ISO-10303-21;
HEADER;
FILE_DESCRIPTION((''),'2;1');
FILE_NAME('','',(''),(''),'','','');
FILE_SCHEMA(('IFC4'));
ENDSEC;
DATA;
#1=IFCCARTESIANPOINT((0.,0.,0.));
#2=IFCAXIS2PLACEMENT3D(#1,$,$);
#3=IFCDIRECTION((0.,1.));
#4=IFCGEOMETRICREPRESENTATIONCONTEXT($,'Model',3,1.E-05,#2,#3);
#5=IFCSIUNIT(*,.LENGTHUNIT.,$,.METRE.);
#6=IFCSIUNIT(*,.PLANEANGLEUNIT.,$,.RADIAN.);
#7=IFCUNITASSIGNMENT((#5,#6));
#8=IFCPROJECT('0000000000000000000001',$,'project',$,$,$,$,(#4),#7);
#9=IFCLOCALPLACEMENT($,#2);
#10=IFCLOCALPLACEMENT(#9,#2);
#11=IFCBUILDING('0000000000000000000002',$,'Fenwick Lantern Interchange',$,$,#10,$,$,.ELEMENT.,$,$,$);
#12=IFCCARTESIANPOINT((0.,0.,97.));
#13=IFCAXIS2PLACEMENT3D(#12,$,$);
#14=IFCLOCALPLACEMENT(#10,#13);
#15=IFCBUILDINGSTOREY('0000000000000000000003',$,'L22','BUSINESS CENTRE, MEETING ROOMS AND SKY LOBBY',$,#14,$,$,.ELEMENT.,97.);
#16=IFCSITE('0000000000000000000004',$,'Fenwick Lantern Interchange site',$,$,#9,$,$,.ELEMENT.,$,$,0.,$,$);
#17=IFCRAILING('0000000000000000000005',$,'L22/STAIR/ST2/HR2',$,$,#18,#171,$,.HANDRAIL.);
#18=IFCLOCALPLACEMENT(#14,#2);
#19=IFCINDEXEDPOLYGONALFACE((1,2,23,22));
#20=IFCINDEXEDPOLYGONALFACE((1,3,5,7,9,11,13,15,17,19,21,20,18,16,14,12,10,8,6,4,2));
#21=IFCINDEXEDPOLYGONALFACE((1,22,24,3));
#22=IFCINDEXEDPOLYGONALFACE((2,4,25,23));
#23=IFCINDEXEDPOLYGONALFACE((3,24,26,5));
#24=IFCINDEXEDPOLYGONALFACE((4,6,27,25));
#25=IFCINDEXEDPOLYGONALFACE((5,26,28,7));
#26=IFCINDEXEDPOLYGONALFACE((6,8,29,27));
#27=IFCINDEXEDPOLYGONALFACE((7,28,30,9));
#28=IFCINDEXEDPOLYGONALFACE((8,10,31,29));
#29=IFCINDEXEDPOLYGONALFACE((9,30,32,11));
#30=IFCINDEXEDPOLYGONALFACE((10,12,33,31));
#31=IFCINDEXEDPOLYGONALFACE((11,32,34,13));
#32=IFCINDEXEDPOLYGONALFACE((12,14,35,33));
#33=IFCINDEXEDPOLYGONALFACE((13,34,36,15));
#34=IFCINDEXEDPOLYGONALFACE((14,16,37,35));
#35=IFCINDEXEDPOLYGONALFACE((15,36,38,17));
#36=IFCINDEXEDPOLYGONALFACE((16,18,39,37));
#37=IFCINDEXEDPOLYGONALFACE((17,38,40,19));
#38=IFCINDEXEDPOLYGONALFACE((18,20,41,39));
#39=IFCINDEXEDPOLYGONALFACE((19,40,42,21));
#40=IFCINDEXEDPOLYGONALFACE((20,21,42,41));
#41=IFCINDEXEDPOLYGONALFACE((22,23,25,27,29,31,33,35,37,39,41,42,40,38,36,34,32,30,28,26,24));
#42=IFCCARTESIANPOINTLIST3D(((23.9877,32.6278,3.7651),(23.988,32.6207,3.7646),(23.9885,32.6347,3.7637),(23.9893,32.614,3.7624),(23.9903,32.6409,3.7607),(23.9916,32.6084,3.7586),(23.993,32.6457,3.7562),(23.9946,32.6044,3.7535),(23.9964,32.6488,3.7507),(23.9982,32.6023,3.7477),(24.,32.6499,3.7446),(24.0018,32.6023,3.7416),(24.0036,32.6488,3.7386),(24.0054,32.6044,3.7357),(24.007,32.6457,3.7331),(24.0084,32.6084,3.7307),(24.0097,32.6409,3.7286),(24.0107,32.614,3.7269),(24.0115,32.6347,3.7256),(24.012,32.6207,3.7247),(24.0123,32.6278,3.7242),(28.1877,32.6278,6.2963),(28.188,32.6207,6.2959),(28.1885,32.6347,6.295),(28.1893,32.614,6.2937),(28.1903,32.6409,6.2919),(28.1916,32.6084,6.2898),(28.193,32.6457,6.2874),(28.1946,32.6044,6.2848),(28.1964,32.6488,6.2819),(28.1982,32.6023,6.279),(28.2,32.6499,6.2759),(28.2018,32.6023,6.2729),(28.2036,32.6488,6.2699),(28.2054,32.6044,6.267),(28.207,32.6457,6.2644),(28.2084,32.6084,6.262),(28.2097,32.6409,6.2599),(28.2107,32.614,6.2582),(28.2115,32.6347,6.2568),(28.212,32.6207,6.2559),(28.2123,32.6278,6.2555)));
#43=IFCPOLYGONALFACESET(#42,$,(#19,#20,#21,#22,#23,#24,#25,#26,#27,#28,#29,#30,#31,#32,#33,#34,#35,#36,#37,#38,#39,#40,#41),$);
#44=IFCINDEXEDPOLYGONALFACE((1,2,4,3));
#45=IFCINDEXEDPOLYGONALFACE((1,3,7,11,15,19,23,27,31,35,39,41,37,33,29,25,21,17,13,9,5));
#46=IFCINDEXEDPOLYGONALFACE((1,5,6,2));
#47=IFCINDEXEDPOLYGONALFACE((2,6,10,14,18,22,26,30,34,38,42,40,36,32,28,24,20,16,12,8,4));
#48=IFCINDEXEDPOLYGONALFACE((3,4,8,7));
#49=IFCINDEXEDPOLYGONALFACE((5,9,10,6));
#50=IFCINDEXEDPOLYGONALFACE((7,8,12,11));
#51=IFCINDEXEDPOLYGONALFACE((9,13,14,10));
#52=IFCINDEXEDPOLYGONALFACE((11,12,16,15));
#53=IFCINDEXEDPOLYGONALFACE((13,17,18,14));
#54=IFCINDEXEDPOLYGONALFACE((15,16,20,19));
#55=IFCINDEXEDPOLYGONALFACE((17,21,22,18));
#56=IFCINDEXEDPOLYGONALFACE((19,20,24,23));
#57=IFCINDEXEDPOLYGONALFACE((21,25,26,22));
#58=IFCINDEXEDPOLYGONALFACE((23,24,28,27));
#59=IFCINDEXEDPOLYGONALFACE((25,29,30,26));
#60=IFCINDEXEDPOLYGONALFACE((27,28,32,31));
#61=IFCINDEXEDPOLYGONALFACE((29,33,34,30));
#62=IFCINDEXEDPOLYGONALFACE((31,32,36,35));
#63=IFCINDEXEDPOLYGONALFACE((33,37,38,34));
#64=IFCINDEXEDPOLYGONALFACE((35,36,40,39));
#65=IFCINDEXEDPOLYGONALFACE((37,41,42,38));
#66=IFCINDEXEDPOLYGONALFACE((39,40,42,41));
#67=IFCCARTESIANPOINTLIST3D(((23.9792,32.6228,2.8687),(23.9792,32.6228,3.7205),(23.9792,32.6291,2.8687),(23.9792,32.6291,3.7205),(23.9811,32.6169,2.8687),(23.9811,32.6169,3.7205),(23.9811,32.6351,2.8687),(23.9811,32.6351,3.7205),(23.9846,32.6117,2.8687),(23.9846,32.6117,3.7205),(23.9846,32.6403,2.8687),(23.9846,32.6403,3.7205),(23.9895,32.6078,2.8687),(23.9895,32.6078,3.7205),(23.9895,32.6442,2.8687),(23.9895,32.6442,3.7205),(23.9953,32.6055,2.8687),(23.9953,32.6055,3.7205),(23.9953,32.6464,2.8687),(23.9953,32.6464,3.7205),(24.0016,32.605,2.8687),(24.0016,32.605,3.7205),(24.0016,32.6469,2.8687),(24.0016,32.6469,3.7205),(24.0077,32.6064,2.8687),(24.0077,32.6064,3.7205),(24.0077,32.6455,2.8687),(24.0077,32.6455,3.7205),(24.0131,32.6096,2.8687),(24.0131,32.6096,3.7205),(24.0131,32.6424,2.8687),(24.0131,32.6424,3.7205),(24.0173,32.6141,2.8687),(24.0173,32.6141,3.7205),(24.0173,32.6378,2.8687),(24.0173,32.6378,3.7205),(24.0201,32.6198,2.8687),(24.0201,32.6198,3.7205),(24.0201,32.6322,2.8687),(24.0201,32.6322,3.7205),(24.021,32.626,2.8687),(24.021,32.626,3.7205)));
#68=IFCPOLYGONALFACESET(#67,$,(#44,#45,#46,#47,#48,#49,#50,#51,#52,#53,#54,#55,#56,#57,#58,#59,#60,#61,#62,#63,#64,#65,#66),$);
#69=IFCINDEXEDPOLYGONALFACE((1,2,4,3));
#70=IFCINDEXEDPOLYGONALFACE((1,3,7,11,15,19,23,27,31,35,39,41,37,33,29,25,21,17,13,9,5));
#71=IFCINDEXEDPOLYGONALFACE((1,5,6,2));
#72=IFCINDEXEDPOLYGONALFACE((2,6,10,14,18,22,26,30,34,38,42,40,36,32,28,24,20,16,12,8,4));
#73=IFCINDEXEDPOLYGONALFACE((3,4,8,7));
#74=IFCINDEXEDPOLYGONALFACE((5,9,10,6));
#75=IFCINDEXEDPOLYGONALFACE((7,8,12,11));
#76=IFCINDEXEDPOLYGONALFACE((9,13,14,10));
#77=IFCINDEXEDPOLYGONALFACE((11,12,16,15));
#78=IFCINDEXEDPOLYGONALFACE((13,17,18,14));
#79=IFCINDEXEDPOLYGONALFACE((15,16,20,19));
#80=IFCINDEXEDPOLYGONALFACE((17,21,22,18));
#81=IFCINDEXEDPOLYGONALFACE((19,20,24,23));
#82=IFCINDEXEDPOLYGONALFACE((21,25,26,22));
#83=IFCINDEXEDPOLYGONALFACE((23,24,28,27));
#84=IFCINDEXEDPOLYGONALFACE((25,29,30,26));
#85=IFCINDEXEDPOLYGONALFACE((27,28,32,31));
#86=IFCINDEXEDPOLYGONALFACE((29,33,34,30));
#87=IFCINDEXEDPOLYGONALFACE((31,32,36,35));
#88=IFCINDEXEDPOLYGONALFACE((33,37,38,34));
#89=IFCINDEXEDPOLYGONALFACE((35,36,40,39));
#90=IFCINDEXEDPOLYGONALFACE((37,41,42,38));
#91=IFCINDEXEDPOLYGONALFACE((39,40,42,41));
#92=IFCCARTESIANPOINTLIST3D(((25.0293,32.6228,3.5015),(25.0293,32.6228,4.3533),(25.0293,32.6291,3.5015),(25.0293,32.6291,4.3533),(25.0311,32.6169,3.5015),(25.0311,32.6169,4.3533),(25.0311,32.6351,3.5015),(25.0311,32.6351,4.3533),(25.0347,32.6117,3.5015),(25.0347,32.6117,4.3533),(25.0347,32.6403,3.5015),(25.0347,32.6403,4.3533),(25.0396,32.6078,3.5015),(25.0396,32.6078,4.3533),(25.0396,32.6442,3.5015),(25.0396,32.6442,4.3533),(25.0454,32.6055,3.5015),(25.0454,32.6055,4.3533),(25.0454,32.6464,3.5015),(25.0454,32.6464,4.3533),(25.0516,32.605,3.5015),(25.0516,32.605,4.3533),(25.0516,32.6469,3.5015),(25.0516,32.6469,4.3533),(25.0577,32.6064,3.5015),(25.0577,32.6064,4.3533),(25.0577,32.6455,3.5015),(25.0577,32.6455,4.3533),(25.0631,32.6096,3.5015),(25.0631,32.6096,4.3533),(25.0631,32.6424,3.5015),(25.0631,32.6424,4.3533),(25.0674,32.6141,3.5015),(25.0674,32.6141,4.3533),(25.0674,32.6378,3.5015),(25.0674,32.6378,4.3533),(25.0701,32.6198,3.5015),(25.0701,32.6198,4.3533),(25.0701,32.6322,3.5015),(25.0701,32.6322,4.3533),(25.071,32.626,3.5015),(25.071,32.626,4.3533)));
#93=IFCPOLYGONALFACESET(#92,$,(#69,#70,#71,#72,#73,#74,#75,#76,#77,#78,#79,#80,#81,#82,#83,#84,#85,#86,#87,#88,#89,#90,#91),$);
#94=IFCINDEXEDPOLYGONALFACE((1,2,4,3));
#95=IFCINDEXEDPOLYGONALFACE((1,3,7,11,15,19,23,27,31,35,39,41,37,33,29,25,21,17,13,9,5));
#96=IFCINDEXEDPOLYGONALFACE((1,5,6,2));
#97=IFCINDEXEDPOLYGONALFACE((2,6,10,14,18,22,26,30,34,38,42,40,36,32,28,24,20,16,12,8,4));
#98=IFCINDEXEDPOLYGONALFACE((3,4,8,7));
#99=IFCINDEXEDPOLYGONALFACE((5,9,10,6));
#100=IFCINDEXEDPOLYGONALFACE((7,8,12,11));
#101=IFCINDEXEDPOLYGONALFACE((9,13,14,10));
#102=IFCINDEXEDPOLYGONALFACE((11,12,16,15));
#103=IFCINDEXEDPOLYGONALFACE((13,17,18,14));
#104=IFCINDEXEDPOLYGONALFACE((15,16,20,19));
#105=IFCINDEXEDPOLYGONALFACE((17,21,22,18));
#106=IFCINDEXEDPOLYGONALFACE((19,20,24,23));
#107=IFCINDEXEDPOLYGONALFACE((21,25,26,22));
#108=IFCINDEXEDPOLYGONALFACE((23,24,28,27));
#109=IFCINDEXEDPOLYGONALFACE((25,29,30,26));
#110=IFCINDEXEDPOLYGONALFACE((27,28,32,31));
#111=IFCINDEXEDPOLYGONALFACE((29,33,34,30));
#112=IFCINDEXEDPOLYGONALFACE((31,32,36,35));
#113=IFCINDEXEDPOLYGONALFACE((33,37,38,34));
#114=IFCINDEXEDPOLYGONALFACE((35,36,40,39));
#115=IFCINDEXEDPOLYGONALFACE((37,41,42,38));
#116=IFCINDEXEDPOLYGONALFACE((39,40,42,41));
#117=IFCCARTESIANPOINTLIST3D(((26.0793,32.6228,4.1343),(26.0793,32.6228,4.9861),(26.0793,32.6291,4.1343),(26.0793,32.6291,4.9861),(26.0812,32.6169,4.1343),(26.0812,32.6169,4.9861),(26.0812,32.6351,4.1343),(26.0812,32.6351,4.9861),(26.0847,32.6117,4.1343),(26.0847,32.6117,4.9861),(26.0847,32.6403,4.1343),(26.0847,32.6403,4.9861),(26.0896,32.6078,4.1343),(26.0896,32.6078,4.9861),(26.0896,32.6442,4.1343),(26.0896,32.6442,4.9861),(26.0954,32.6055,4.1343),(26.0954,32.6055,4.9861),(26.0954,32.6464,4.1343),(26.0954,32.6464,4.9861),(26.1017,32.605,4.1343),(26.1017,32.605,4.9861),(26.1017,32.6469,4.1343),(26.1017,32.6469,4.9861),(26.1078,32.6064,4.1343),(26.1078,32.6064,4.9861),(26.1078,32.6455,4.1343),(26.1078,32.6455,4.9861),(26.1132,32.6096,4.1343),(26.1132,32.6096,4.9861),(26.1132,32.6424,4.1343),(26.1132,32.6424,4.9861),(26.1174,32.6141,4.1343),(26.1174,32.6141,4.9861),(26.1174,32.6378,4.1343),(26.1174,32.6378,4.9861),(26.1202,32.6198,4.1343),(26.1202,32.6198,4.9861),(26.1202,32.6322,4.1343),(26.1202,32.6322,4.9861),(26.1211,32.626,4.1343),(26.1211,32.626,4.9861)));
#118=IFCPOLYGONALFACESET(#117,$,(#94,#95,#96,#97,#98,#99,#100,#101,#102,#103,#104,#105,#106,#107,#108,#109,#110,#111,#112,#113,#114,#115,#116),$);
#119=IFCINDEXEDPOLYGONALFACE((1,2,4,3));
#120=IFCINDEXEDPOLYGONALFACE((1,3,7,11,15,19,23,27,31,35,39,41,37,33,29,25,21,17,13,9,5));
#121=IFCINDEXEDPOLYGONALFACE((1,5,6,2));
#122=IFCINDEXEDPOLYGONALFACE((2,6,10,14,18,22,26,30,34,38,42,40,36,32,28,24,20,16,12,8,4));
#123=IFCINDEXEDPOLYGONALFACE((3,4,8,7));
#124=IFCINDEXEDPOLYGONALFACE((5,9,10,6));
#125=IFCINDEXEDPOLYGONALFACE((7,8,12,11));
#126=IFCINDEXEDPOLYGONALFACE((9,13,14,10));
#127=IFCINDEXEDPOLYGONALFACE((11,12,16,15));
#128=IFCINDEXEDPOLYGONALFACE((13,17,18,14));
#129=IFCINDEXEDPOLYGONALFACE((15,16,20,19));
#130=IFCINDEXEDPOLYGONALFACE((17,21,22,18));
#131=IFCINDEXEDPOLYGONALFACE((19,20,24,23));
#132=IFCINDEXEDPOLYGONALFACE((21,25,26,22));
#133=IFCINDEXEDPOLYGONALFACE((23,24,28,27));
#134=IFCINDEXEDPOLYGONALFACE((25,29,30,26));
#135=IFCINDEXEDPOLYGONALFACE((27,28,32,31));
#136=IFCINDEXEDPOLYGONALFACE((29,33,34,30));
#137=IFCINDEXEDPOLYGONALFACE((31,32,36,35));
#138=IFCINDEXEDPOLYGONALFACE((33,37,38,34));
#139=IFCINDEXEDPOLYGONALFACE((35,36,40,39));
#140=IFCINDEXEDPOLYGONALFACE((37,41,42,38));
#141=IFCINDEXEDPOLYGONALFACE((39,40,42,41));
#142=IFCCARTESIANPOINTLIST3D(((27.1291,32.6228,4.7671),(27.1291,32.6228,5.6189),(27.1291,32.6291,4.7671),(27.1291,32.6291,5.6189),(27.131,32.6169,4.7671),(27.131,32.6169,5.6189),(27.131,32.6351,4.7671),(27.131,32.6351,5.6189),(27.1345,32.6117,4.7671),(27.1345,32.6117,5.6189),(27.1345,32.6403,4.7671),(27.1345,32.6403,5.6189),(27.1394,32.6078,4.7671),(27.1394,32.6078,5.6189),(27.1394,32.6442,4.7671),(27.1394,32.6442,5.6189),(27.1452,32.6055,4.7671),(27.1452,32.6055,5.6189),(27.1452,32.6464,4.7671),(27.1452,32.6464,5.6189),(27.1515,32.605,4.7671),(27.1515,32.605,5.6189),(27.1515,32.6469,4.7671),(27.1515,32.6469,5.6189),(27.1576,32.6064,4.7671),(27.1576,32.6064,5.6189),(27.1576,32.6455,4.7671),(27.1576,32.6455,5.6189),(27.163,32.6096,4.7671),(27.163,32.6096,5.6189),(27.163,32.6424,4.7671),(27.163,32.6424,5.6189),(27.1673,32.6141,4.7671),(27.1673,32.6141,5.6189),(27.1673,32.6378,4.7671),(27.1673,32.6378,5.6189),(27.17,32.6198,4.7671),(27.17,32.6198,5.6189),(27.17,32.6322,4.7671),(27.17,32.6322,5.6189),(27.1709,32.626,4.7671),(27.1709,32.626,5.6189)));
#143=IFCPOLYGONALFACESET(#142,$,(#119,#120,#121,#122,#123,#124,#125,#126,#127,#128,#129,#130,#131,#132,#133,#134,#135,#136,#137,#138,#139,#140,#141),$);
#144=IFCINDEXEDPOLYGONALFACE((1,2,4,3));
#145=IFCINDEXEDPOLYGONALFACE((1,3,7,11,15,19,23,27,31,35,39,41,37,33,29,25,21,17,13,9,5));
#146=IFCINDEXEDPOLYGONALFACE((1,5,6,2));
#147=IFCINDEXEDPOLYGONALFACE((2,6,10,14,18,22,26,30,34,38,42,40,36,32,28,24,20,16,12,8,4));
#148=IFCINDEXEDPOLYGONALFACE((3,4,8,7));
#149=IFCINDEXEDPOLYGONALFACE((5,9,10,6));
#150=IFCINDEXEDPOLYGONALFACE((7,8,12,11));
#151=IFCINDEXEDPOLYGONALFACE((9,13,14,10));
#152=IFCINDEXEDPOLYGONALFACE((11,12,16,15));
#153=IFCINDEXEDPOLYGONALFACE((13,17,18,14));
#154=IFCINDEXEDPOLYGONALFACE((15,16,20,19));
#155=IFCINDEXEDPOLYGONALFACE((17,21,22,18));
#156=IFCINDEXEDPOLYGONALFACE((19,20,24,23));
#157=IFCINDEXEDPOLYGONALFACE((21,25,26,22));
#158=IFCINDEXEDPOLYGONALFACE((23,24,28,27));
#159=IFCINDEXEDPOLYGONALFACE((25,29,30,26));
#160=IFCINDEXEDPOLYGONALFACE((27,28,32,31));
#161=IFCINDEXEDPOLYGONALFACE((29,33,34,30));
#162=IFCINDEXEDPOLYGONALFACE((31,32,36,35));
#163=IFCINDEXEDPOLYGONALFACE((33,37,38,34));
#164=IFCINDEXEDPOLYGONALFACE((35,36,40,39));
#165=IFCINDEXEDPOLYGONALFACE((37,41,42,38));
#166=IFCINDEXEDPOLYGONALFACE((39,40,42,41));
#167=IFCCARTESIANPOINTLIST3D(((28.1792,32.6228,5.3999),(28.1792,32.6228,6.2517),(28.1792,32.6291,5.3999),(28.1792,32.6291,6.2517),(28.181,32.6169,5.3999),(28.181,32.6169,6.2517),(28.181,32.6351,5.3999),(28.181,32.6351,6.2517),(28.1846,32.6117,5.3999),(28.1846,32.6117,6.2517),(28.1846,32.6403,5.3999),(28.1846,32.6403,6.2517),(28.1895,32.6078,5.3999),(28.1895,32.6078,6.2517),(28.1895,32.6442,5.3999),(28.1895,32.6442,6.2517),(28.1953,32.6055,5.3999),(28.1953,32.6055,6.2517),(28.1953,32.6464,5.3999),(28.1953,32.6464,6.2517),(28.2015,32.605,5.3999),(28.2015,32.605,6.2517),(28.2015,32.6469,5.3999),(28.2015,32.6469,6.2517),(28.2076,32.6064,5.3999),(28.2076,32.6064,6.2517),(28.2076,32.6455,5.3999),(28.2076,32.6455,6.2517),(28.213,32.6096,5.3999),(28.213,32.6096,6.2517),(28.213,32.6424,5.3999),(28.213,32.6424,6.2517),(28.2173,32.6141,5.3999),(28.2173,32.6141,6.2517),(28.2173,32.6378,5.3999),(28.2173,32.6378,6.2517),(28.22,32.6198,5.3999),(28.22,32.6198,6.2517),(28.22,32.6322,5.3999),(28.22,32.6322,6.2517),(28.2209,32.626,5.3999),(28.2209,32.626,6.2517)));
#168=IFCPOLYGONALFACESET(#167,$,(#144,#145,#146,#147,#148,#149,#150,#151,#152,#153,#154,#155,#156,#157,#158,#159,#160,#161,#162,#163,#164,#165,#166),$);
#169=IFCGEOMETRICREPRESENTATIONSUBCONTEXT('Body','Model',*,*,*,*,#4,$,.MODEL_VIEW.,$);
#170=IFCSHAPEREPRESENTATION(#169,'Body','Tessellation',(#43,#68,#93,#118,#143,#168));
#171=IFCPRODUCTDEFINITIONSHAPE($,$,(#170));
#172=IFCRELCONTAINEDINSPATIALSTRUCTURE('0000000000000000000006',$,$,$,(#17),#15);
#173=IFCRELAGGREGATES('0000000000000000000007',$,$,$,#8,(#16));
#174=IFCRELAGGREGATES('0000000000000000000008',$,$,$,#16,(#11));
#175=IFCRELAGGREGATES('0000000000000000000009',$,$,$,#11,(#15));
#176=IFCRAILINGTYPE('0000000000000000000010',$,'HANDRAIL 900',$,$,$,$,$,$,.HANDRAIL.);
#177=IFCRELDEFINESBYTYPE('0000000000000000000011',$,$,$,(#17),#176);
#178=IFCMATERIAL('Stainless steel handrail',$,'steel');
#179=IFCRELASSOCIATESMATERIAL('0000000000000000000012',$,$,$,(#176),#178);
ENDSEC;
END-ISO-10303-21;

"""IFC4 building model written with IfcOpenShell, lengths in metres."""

from ifc_helpers import new_model, si_unit, direction, frame, origin, origin_2d, place, context, subcontext, project, spatial, circle, extrude, material, type_object, element, save


model = new_model("IFC4")

# Units and contexts
model_context = context("Model", 3, precision=1e-05, world=origin(), true_north=direction((0.0, 1.0)))
body_context = subcontext(model_context, "Body", "Model", "MODEL_VIEW")
ifc_project = project(units=[si_unit("LENGTHUNIT", "METRE"), si_unit("PLANEANGLEUNIT", "RADIAN")], contexts=[model_context])

# Site, building, storey
site_placement = place(None, origin())
site = spatial("IfcSite", under=ifc_project, at=site_placement, Name="Fenwick Lantern Interchange site", CompositionType="ELEMENT", RefElevation=0.0)
building_placement = place(site_placement, origin())
building = spatial("IfcBuilding", under=site, at=building_placement, Name="Fenwick Lantern Interchange", CompositionType="ELEMENT")
storey_placement = place(building_placement, frame((0.0, 0.0, 97.0)))
storey = spatial("IfcBuildingStorey", under=building, at=storey_placement, Name="L22", Description="BUSINESS CENTRE, MEETING ROOMS AND SKY LOBBY", CompositionType="ELEMENT", Elevation=97.0)

# Railing
ifc_material_1 = material(Name="Stainless steel handrail", Category="steel")
railing_type = type_object("IfcRailingType", Name="HANDRAIL 900", PredefinedType="HANDRAIL", material=ifc_material_1)
railing_1_placement = place(storey_placement, frame((24.0, 32.626, 2.8687)))
element("IfcRailing", 1, at=railing_1_placement, inside=storey, type_object=railing_type, Name="L22/STAIR/ST2/HR2", PredefinedType="HANDRAIL", context=body_context, shape_type="SweptSolid", body=[
    extrude(circle(Radius=0.0239, at=origin_2d()), frame((0.0, 0.0, 0.876), z_axis=(0.856476, 0.0, 0.516186), x_axis=(0.0, 1.0, 0.0)), (0.0, 0.0, 1.0), 4.9038),
    extrude(circle(Radius=0.021, at=origin_2d()), origin(), (0.0, 0.0, 1.0), 0.8518),
    extrude(circle(Radius=0.021, at=origin_2d()), frame((1.05, 0.0, 0.6328)), (0.0, 0.0, 1.0), 0.8518),
    extrude(circle(Radius=0.021, at=origin_2d()), frame((2.1001, 0.0, 1.2656)), (0.0, 0.0, 1.0), 0.8518),
    extrude(circle(Radius=0.021, at=origin_2d()), frame((3.1499, 0.0, 1.8984)), (0.0, 0.0, 1.0), 0.8518),
    extrude(circle(Radius=0.021, at=origin_2d()), frame((4.2, 0.0, 2.5312)), (0.0, 0.0, 1.0), 0.8518),
])

save(model, "model.ifc")
